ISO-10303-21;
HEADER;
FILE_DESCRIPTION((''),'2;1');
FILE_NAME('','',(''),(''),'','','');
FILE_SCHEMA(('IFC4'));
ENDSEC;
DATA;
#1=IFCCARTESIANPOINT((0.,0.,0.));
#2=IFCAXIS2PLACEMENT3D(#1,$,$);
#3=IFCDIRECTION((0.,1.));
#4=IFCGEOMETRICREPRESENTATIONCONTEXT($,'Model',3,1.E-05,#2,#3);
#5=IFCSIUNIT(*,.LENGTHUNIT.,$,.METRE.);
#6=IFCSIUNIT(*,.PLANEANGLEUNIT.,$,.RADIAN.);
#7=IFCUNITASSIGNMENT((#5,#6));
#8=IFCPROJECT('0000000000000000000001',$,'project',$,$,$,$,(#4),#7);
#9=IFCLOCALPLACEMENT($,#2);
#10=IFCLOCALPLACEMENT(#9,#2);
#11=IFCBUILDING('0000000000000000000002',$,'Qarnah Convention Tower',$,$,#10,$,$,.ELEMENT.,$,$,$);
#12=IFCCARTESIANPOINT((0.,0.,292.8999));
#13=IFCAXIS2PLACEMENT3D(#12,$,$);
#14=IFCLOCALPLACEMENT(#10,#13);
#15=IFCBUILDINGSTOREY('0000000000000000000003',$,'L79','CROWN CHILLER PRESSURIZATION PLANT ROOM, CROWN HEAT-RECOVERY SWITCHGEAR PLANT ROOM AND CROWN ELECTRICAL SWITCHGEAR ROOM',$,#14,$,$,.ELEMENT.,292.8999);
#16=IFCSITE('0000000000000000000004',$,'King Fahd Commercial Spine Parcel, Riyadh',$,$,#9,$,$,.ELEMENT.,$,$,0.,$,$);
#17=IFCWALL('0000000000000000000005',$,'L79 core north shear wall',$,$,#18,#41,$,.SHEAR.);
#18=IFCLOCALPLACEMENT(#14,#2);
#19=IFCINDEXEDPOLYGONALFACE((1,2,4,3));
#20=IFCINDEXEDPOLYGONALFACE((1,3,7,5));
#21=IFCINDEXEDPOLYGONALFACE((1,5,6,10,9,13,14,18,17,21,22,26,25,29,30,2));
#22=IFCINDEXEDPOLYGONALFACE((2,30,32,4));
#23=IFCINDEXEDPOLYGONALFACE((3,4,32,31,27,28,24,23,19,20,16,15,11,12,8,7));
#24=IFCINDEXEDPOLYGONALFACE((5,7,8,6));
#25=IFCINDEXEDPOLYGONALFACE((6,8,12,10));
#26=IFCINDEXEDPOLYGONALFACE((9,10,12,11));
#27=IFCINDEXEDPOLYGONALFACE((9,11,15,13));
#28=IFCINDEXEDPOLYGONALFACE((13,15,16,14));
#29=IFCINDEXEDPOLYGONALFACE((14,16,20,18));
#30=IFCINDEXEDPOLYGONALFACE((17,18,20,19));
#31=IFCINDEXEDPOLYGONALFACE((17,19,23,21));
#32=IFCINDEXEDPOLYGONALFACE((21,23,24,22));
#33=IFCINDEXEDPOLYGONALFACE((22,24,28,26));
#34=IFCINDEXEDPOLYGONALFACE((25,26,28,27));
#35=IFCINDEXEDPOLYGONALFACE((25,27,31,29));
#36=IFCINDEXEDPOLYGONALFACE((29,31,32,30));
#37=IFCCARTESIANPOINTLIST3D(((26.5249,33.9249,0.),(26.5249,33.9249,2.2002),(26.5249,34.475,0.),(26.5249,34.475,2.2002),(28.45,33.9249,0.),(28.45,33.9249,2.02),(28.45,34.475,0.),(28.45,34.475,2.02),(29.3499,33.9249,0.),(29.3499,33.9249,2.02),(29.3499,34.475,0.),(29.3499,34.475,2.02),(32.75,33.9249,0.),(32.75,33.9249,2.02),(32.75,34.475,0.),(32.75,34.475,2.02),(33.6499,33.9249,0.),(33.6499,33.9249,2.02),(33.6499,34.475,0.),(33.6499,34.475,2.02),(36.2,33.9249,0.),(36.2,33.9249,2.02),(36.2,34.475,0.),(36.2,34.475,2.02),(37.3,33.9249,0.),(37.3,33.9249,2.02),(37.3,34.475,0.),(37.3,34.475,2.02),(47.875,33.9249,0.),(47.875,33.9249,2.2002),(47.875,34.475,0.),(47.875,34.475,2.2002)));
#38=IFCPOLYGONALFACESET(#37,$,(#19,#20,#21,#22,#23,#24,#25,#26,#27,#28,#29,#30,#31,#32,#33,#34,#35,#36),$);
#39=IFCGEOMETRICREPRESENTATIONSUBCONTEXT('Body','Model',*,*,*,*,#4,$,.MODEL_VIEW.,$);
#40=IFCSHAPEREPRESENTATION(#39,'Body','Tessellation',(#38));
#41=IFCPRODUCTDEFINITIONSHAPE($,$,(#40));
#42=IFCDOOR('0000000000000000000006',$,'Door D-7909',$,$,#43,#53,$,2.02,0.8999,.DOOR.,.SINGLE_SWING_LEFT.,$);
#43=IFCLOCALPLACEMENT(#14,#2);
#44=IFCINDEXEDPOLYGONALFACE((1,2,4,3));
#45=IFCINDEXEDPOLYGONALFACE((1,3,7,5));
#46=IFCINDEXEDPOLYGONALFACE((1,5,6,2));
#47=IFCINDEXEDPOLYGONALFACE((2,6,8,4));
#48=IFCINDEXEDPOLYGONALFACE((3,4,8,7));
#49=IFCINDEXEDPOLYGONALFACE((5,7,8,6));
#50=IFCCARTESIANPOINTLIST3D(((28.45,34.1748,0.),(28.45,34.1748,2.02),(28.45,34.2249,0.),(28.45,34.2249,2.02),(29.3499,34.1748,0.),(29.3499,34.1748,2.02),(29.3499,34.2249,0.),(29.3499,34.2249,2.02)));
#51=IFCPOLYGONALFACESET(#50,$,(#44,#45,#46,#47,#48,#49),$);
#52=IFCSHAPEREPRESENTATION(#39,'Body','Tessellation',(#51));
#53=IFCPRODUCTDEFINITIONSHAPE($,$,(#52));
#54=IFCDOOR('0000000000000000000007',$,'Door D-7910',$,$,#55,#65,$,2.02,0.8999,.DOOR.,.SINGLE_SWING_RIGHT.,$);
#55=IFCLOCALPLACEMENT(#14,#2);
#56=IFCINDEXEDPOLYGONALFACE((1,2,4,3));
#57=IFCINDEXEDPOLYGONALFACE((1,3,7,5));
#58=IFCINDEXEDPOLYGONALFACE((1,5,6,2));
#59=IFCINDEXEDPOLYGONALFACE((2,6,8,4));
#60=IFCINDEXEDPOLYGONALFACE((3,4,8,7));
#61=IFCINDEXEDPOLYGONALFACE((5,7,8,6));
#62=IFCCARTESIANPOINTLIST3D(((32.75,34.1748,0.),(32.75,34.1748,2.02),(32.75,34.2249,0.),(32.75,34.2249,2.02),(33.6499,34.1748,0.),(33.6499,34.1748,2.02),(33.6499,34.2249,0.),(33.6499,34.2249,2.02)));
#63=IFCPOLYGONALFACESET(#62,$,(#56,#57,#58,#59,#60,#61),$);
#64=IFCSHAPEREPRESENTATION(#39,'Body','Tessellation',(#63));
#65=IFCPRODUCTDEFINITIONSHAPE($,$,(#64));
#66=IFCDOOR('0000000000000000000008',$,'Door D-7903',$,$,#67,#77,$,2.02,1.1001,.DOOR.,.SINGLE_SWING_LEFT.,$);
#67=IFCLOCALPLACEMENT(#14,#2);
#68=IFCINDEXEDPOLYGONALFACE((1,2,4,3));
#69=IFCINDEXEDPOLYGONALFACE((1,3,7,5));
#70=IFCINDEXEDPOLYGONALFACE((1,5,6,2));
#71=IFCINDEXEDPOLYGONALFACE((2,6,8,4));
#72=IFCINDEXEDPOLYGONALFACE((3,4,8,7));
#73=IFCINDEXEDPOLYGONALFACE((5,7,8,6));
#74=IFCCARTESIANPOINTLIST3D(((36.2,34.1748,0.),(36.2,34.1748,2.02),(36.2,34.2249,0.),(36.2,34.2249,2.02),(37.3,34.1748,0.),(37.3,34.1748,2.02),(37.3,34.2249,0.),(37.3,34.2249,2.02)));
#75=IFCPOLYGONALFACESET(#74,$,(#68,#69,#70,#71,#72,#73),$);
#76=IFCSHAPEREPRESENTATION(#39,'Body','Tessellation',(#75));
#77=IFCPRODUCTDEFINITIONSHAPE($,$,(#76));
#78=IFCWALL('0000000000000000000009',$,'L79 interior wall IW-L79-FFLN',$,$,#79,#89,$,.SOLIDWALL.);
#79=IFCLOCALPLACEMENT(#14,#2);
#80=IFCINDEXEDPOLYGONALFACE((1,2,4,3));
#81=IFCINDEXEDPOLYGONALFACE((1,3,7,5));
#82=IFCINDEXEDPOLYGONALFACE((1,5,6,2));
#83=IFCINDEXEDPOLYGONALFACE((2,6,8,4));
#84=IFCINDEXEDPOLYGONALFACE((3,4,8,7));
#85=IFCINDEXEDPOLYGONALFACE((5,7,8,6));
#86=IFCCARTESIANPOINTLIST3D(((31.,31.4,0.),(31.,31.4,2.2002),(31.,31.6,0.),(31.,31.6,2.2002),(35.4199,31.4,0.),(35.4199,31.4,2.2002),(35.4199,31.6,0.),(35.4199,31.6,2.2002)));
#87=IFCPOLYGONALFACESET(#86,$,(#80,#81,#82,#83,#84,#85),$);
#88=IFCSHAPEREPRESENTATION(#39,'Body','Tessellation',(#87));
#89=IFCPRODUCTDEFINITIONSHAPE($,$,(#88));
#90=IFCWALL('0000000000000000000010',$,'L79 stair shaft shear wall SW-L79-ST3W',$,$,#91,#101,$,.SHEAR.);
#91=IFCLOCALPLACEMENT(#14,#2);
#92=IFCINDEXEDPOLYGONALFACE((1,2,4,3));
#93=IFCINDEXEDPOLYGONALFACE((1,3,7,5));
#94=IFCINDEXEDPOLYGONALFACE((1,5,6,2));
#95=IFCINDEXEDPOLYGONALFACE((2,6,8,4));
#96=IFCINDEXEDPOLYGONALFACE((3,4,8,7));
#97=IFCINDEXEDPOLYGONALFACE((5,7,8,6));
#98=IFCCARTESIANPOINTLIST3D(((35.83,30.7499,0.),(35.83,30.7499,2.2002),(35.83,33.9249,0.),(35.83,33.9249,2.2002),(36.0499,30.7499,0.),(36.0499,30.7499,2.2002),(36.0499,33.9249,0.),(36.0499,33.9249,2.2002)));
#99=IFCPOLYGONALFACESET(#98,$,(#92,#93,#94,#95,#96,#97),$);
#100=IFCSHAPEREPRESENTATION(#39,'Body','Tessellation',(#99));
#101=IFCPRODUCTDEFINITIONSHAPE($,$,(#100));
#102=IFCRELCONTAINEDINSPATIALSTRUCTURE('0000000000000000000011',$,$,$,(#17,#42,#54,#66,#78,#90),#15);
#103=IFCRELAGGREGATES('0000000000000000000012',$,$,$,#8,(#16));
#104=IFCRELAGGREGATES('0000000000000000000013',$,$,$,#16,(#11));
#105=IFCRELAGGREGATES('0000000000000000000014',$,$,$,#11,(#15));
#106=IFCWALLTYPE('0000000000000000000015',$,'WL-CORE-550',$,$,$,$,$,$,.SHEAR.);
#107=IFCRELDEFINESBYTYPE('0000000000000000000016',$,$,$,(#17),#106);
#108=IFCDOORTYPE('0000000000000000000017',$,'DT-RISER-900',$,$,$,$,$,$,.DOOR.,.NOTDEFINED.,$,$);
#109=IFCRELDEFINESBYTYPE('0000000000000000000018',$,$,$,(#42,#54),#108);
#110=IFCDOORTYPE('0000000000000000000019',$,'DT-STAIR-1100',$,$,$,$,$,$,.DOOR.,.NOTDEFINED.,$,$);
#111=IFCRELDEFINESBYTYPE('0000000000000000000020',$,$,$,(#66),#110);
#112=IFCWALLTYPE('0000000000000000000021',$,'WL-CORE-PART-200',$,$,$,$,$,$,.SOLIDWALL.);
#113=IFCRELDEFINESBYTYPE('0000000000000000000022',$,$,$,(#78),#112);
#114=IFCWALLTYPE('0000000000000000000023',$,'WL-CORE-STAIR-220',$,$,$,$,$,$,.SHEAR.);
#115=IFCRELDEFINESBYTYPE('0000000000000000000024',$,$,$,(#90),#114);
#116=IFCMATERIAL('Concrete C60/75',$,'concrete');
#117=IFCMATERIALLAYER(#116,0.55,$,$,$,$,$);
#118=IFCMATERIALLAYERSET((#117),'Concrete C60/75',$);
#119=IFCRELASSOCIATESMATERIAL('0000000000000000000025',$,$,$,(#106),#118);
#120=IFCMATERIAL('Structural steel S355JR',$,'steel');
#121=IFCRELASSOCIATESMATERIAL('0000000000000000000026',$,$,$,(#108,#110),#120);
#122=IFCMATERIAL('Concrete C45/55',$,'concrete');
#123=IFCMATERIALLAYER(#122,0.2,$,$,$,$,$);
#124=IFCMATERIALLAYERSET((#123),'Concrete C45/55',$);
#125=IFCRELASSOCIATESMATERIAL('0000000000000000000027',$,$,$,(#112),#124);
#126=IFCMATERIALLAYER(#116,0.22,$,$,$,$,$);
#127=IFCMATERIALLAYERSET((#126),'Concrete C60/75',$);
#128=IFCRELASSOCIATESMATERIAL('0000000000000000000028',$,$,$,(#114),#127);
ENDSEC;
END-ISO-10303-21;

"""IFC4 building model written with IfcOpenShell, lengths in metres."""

from ifc_helpers import new_model, si_unit, direction, frame, frame_2d, origin, place, context, subcontext, project, spatial, rectangle, extrude, material, layer, layer_set, type_object, element, fill, save


model = new_model("IFC4")

# Units and contexts
model_context = context("Model", 3, precision=1e-05, world=origin(), true_north=direction((0.0, 1.0)))
body_context = subcontext(model_context, "Body", "Model", "MODEL_VIEW")
ifc_project = project(units=[si_unit("LENGTHUNIT", "METRE"), si_unit("PLANEANGLEUNIT", "RADIAN")], contexts=[model_context])

# Site, building, storey
site_placement = place(None, origin())
site = spatial("IfcSite", under=ifc_project, at=site_placement, Name="King Fahd Commercial Spine Parcel, Riyadh", CompositionType="ELEMENT", RefElevation=0.0)
building_placement = place(site_placement, origin())
building = spatial("IfcBuilding", under=site, at=building_placement, Name="Qarnah Convention Tower", CompositionType="ELEMENT")
storey_placement = place(building_placement, frame((0.0, 0.0, 292.8999)))
storey = spatial("IfcBuildingStorey", under=building, at=storey_placement, Name="L79", Description="CROWN CHILLER PRESSURIZATION PLANT ROOM, CROWN HEAT-RECOVERY SWITCHGEAR PLANT ROOM AND CROWN ELECTRICAL SWITCHGEAR ROOM", CompositionType="ELEMENT", Elevation=292.8999)

# Shared definitions
ifc_material_1 = material(Name="Structural steel S355JR", Category="steel")

# Wall, openings, doors
ifc_material_2 = material(Name="Concrete C60/75", Category="concrete")
ifc_layer_1 = layer(ifc_material_2, 0.55)
ifc_layer_set_1 = layer_set([ifc_layer_1], Name="Concrete C60/75")
wall_type_1 = type_object("IfcWallType", Name="WL-CORE-550", PredefinedType="SHEAR", material=ifc_layer_set_1)
wall_1_placement = place(storey_placement, frame((26.5249, 34.2, 0.0), z_axis=(0.0, 0.0, 1.0), x_axis=(1.0, 0.0, 0.0)))
wall_1 = element("IfcWall", 1, at=wall_1_placement, inside=storey, type_object=wall_type_1, Name="L79 core north shear wall", PredefinedType="SHEAR", context=body_context, shape_type="SweptSolid", body=[
    extrude(rectangle(XDim=21.3501, YDim=0.55, at=frame_2d((10.675, 0.0))), origin(), (0.0, 0.0, 1.0), 2.2002),
])
opening_1_placement = place(wall_1_placement, frame((9.675, 0.0, 0.0)))
opening_1 = element("IfcOpeningElement", 2, at=opening_1_placement, cuts=wall_1, PredefinedType="OPENING", context=body_context, shape_type="SweptSolid", body=[
    extrude(rectangle(XDim=1.1001, YDim=2.02, at=frame_2d((0.55, 1.01))), frame((0.0, 0.2849, 0.0), z_axis=(0.0, -1.0, 0.0), x_axis=(1.0, 0.0, 0.0)), (0.0, 0.0, 1.0), 0.5701),
])
opening_2_placement = place(wall_1_placement, frame((1.925, 0.0, 0.0)))
opening_2 = element("IfcOpeningElement", 3, at=opening_2_placement, cuts=wall_1, PredefinedType="OPENING", context=body_context, shape_type="SweptSolid", body=[
    extrude(rectangle(XDim=0.8999, YDim=2.02, at=frame_2d((0.45, 1.01))), frame((0.0, 0.2849, 0.0), z_axis=(0.0, -1.0, 0.0), x_axis=(1.0, 0.0, 0.0)), (0.0, 0.0, 1.0), 0.5701),
])
opening_3_placement = place(wall_1_placement, frame((6.2251, 0.0, 0.0)))
opening_3 = element("IfcOpeningElement", 4, at=opening_3_placement, cuts=wall_1, PredefinedType="OPENING", context=body_context, shape_type="SweptSolid", body=[
    extrude(rectangle(XDim=0.8999, YDim=2.02, at=frame_2d((0.45, 1.01))), frame((0.0, 0.2849, 0.0), z_axis=(0.0, -1.0, 0.0), x_axis=(1.0, 0.0, 0.0)), (0.0, 0.0, 1.0), 0.5701),
])
door_type_1 = type_object("IfcDoorType", Name="DT-RISER-900", OperationType="NOTDEFINED", PredefinedType="DOOR", material=ifc_material_1)
door_1_placement = place(opening_2_placement, origin())
door_1 = element("IfcDoor", 5, at=door_1_placement, inside=storey, type_object=door_type_1, Name="Door D-7909", OperationType="SINGLE_SWING_LEFT", OverallHeight=2.02, OverallWidth=0.8999, PredefinedType="DOOR", context=body_context, shape_type="SweptSolid", body=[
    extrude(rectangle(XDim=0.8999, YDim=2.02, at=frame_2d((0.45, 1.01))), frame((0.0, 0.0249, 0.0), z_axis=(0.0, -1.0, 0.0), x_axis=(1.0, 0.0, 0.0)), (0.0, 0.0, 1.0), 0.05),
])
fill(opening_2, door_1)
door_2_placement = place(opening_3_placement, origin())
door_2 = element("IfcDoor", 6, at=door_2_placement, inside=storey, type_object=door_type_1, Name="Door D-7910", OperationType="SINGLE_SWING_RIGHT", OverallHeight=2.02, OverallWidth=0.8999, PredefinedType="DOOR", context=body_context, shape_type="SweptSolid", body=[
    extrude(rectangle(XDim=0.8999, YDim=2.02, at=frame_2d((0.45, 1.01))), frame((0.0, 0.0249, 0.0), z_axis=(0.0, -1.0, 0.0), x_axis=(1.0, 0.0, 0.0)), (0.0, 0.0, 1.0), 0.05),
])
fill(opening_3, door_2)
door_type_2 = type_object("IfcDoorType", Name="DT-STAIR-1100", OperationType="NOTDEFINED", PredefinedType="DOOR", material=ifc_material_1)
door_3_placement = place(opening_1_placement, origin())
door_3 = element("IfcDoor", 7, at=door_3_placement, inside=storey, type_object=door_type_2, Name="Door D-7903", OperationType="SINGLE_SWING_LEFT", OverallHeight=2.02, OverallWidth=1.1001, PredefinedType="DOOR", context=body_context, shape_type="SweptSolid", body=[
    extrude(rectangle(XDim=1.1001, YDim=2.02, at=frame_2d((0.55, 1.01))), frame((0.0, 0.0249, 0.0), z_axis=(0.0, -1.0, 0.0), x_axis=(1.0, 0.0, 0.0)), (0.0, 0.0, 1.0), 0.05),
])
fill(opening_1, door_3)

# Walls
ifc_material_3 = material(Name="Concrete C45/55", Category="concrete")
ifc_layer_2 = layer(ifc_material_3, 0.2)
ifc_layer_set_2 = layer_set([ifc_layer_2], Name="Concrete C45/55")
wall_type_2 = type_object("IfcWallType", Name="WL-CORE-PART-200", PredefinedType="SOLIDWALL", material=ifc_layer_set_2)
wall_2_placement = place(storey_placement, frame((31.0, 31.5, 0.0), z_axis=(0.0, 0.0, 1.0), x_axis=(1.0, 0.0, 0.0)))
element("IfcWall", 8, at=wall_2_placement, inside=storey, type_object=wall_type_2, Name="L79 interior wall IW-L79-FFLN", PredefinedType="SOLIDWALL", context=body_context, shape_type="SweptSolid", body=[
    extrude(rectangle(XDim=4.4199, YDim=0.2, at=frame_2d((2.21, 0.0))), origin(), (0.0, 0.0, 1.0), 2.2002),
])
ifc_layer_3 = layer(ifc_material_2, 0.22)
ifc_layer_set_3 = layer_set([ifc_layer_3], Name="Concrete C60/75")
wall_type_3 = type_object("IfcWallType", Name="WL-CORE-STAIR-220", PredefinedType="SHEAR", material=ifc_layer_set_3)
wall_3_placement = place(storey_placement, frame((35.9399, 30.75, 0.0), z_axis=(0.0, 0.0, 1.0), x_axis=(0.0, 1.0, 0.0)))
element("IfcWall", 9, at=wall_3_placement, inside=storey, type_object=wall_type_3, Name="L79 stair shaft shear wall SW-L79-ST3W", PredefinedType="SHEAR", context=body_context, shape_type="SweptSolid", body=[
    extrude(rectangle(XDim=3.175, YDim=0.22, at=frame_2d((1.5874, 0.0))), origin(), (0.0, 0.0, 1.0), 2.2002),
])

save(model, "model.ifc")
